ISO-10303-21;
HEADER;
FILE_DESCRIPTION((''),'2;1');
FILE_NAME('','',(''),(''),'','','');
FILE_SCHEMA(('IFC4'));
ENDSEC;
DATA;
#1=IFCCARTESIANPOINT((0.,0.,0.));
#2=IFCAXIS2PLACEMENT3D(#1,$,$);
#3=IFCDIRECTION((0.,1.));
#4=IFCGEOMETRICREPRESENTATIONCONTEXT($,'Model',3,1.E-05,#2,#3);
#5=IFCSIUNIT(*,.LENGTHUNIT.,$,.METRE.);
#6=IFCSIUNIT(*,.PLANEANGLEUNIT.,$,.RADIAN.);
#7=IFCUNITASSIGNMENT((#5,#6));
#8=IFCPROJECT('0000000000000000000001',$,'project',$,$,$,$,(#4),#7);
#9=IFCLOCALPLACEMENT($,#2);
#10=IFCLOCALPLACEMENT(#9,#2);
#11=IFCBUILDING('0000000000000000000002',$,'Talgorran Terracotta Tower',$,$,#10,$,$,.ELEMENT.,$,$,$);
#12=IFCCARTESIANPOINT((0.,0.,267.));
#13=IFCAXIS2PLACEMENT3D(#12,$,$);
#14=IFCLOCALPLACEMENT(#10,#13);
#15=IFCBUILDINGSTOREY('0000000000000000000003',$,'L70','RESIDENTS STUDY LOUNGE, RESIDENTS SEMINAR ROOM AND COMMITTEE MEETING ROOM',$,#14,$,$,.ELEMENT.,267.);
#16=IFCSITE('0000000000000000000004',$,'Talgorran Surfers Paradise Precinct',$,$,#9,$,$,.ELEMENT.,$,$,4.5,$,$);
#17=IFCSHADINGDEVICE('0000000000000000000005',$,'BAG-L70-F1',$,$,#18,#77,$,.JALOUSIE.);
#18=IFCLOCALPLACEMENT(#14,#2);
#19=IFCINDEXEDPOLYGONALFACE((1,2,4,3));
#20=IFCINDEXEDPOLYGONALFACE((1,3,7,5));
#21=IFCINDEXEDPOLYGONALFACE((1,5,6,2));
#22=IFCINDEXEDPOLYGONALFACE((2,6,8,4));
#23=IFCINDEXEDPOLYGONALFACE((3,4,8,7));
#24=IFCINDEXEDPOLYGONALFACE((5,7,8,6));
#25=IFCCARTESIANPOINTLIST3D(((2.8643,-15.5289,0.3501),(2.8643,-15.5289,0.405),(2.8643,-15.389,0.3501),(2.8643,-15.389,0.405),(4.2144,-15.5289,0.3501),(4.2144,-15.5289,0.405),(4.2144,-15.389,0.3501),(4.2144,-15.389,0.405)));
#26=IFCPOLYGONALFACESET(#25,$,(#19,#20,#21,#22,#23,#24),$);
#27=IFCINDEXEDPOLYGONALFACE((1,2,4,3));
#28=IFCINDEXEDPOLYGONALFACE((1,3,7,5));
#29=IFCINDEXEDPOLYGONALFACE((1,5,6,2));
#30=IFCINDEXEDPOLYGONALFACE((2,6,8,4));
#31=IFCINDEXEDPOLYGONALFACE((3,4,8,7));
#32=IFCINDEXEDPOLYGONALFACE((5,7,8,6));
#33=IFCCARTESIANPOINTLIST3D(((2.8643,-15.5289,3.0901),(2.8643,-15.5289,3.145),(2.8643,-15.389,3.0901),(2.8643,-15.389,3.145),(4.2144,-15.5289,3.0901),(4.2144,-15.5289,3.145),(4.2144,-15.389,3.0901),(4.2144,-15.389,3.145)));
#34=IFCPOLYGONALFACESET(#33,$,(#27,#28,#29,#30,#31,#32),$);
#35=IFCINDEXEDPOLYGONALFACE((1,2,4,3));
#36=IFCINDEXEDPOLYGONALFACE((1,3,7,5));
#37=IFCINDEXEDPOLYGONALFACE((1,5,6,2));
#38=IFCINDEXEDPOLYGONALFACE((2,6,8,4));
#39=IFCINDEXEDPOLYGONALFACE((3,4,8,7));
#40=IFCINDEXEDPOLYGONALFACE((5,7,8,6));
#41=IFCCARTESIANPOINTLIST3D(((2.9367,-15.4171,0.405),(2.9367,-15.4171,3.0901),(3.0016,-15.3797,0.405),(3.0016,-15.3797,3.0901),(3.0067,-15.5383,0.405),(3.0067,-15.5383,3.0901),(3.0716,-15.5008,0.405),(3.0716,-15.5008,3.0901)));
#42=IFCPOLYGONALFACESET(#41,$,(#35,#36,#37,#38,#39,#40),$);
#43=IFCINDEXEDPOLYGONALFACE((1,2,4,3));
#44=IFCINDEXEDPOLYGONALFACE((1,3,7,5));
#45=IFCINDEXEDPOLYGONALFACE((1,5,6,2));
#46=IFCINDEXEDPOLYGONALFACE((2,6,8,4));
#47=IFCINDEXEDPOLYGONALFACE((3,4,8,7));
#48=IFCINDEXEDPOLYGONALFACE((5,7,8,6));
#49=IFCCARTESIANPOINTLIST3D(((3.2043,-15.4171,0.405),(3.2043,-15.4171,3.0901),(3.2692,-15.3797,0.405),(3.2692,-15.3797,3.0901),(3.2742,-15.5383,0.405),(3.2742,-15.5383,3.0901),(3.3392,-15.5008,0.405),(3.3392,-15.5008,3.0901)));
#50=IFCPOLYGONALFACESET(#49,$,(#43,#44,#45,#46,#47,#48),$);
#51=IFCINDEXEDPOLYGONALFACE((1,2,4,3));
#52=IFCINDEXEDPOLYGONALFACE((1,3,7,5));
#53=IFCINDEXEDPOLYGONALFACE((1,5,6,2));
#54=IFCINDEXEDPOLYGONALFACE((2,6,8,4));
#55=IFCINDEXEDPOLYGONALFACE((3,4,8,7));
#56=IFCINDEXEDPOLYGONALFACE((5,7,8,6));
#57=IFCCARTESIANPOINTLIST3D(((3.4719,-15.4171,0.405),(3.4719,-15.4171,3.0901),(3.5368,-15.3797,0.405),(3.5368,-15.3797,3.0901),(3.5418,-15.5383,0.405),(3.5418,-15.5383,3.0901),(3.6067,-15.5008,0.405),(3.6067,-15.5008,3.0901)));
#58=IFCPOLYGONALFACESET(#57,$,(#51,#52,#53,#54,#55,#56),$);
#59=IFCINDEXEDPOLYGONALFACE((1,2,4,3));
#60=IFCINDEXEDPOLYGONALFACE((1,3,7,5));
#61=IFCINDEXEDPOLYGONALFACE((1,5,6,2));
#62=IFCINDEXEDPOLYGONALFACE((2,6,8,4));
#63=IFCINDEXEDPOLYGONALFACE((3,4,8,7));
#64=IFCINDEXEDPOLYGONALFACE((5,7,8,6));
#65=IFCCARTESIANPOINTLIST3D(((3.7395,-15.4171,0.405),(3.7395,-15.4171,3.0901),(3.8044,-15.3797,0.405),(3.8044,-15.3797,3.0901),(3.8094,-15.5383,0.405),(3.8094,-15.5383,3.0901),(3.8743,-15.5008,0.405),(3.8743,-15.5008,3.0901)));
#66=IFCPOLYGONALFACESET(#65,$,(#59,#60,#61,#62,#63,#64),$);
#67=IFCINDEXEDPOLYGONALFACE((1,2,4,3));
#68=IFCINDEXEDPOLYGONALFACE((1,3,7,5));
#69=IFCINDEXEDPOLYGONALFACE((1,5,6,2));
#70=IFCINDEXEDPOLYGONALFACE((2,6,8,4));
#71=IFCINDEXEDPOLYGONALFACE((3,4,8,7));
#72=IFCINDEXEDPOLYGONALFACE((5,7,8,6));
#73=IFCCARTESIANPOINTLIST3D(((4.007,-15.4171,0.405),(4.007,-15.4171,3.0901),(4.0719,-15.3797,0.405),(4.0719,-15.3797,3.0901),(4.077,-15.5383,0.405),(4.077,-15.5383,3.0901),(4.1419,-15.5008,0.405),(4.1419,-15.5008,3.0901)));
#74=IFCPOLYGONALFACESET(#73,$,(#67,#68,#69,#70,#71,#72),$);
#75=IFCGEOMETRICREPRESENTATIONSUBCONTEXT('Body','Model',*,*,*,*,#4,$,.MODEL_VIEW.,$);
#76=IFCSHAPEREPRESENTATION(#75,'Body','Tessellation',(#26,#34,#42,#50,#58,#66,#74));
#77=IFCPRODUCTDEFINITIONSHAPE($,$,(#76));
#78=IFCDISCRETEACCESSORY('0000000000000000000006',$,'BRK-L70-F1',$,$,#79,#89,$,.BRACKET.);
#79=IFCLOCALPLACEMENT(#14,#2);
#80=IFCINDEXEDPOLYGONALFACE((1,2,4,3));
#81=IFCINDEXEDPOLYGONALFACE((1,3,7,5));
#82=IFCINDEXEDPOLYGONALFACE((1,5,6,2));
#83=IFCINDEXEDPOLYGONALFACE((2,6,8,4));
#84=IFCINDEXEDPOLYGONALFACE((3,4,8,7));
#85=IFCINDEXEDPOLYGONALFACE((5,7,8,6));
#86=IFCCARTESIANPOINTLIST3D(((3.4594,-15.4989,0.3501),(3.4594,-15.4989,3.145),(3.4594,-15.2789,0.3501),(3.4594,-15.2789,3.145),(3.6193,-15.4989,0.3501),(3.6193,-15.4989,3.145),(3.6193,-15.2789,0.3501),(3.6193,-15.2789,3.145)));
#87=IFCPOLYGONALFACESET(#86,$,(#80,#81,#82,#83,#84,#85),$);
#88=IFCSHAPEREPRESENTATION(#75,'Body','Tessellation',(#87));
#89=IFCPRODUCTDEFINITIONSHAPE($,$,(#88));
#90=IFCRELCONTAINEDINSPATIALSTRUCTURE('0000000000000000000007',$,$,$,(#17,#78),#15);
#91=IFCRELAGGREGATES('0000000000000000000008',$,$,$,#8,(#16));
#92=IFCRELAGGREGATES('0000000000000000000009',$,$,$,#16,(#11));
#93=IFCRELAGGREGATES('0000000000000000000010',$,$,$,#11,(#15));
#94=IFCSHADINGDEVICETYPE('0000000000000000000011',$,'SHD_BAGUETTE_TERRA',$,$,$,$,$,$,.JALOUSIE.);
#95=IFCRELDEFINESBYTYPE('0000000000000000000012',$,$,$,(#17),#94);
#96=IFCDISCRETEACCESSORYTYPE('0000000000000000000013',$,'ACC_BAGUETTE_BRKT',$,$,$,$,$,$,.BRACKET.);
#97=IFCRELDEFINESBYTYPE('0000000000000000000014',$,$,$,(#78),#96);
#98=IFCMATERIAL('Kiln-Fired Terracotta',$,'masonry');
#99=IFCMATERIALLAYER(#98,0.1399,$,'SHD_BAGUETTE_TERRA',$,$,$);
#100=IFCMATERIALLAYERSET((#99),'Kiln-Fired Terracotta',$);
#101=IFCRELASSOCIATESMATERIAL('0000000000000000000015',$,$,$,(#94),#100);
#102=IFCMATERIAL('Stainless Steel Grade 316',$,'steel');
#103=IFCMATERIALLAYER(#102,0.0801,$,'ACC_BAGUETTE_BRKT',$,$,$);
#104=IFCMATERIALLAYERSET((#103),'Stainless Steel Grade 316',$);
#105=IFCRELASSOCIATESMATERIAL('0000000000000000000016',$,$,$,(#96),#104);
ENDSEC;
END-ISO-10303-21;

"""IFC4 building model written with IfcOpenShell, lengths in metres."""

from ifc_helpers import new_model, si_unit, direction, frame, origin, origin_2d, place, context, subcontext, project, spatial, rectangle, extrude, source, transform, mapped, material, layer, layer_set, type_object, type_shapes, element, save


model = new_model("IFC4")

# Units and contexts
model_context = context("Model", 3, precision=1e-05, world=origin(), true_north=direction((0.0, 1.0)))
body_context = subcontext(model_context, "Body", "Model", "MODEL_VIEW")
ifc_project = project(units=[si_unit("LENGTHUNIT", "METRE"), si_unit("PLANEANGLEUNIT", "RADIAN")], contexts=[model_context])

# Site, building, storey
site_placement = place(None, origin())
site = spatial("IfcSite", under=ifc_project, at=site_placement, Name="Talgorran Surfers Paradise Precinct", CompositionType="ELEMENT", RefElevation=4.5)
building_placement = place(site_placement, origin())
building = spatial("IfcBuilding", under=site, at=building_placement, Name="Talgorran Terracotta Tower", CompositionType="ELEMENT")
storey_placement = place(building_placement, frame((0.0, 0.0, 267.0)))
storey = spatial("IfcBuildingStorey", under=building, at=storey_placement, Name="L70", Description="RESIDENTS STUDY LOUNGE, RESIDENTS SEMINAR ROOM AND COMMITTEE MEETING ROOM", CompositionType="ELEMENT", Elevation=267.0)

# Shading device
ifc_material_1 = material(Name="Kiln-Fired Terracotta", Category="masonry")
ifc_layer_1 = layer(ifc_material_1, 0.1399, Name="SHD_BAGUETTE_TERRA")
ifc_layer_set_1 = layer_set([ifc_layer_1], Name="Kiln-Fired Terracotta")
shading_device_type = type_object("IfcShadingDeviceType", Name="SHD_BAGUETTE_TERRA", PredefinedType="JALOUSIE", material=ifc_layer_set_1)
shared_shape_1 = source(origin(), body_context, "Body", "SweptSolid", [
    extrude(rectangle(XDim=1.3501, YDim=0.1399, at=origin_2d()), origin(), (0.0, 0.0, 1.0), 0.0549),
    extrude(rectangle(XDim=1.3501, YDim=0.1399, at=origin_2d()), frame((0.0, 0.0, 2.74)), (0.0, 0.0, 1.0), 0.0549),
    extrude(rectangle(XDim=0.075, YDim=0.1399, at=origin_2d()), frame((-0.5352, 0.0, 0.0549), z_axis=(0.0, 0.0, 1.0), x_axis=(0.866025, 0.5, 0.0)), (0.0, 0.0, 1.0), 2.6851),
    extrude(rectangle(XDim=0.075, YDim=0.1399, at=origin_2d()), frame((-0.2676, 0.0, 0.0549), z_axis=(0.0, 0.0, 1.0), x_axis=(0.866025, 0.5, 0.0)), (0.0, 0.0, 1.0), 2.6851),
    extrude(rectangle(XDim=0.075, YDim=0.1399, at=origin_2d()), frame((0.0, 0.0, 0.0549), z_axis=(0.0, 0.0, 1.0), x_axis=(0.866025, 0.5, 0.0)), (0.0, 0.0, 1.0), 2.6851),
    extrude(rectangle(XDim=0.075, YDim=0.1399, at=origin_2d()), frame((0.2676, 0.0, 0.0549), z_axis=(0.0, 0.0, 1.0), x_axis=(0.866025, 0.5, 0.0)), (0.0, 0.0, 1.0), 2.6851),
    extrude(rectangle(XDim=0.075, YDim=0.1399, at=origin_2d()), frame((0.5352, 0.0, 0.0549), z_axis=(0.0, 0.0, 1.0), x_axis=(0.866025, 0.5, 0.0)), (0.0, 0.0, 1.0), 2.6851),
])
type_shapes(shading_device_type, [shared_shape_1])
shading_device_placement = place(storey_placement, frame((3.5393, -15.459, 0.3501), z_axis=(0.0, 0.0, 1.0), x_axis=(1.0, 0.0, 0.0)))
element("IfcShadingDevice", 1, at=shading_device_placement, inside=storey, type_object=shading_device_type, Name="BAG-L70-F1", PredefinedType="JALOUSIE", context=body_context, shape_type="MappedRepresentation", body=[
    mapped(shared_shape_1, transform((0.0, 0.0, 0.0), scale=1.0)),
])

# Discrete accessory
ifc_material_2 = material(Name="Stainless Steel Grade 316", Category="steel")
ifc_layer_2 = layer(ifc_material_2, 0.0801, Name="ACC_BAGUETTE_BRKT")
ifc_layer_set_2 = layer_set([ifc_layer_2], Name="Stainless Steel Grade 316")
discrete_accessory_type = type_object("IfcDiscreteAccessoryType", Name="ACC_BAGUETTE_BRKT", PredefinedType="BRACKET", material=ifc_layer_set_2)
shared_shape_2 = source(origin(), body_context, "Body", "SweptSolid", [
    extrude(rectangle(XDim=0.1599, YDim=0.22, at=origin_2d()), origin(), (0.0, 0.0, 1.0), 2.7949),
])
type_shapes(discrete_accessory_type, [shared_shape_2])
discrete_accessory_placement = place(storey_placement, frame((3.5393, -15.3889, 0.3501), z_axis=(0.0, 0.0, 1.0), x_axis=(1.0, 0.0, 0.0)))
element("IfcDiscreteAccessory", 2, at=discrete_accessory_placement, inside=storey, type_object=discrete_accessory_type, Name="BRK-L70-F1", PredefinedType="BRACKET", context=body_context, shape_type="MappedRepresentation", body=[
    mapped(shared_shape_2, transform((0.0, 0.0, 0.0), scale=1.0)),
])

save(model, "model.ifc")
